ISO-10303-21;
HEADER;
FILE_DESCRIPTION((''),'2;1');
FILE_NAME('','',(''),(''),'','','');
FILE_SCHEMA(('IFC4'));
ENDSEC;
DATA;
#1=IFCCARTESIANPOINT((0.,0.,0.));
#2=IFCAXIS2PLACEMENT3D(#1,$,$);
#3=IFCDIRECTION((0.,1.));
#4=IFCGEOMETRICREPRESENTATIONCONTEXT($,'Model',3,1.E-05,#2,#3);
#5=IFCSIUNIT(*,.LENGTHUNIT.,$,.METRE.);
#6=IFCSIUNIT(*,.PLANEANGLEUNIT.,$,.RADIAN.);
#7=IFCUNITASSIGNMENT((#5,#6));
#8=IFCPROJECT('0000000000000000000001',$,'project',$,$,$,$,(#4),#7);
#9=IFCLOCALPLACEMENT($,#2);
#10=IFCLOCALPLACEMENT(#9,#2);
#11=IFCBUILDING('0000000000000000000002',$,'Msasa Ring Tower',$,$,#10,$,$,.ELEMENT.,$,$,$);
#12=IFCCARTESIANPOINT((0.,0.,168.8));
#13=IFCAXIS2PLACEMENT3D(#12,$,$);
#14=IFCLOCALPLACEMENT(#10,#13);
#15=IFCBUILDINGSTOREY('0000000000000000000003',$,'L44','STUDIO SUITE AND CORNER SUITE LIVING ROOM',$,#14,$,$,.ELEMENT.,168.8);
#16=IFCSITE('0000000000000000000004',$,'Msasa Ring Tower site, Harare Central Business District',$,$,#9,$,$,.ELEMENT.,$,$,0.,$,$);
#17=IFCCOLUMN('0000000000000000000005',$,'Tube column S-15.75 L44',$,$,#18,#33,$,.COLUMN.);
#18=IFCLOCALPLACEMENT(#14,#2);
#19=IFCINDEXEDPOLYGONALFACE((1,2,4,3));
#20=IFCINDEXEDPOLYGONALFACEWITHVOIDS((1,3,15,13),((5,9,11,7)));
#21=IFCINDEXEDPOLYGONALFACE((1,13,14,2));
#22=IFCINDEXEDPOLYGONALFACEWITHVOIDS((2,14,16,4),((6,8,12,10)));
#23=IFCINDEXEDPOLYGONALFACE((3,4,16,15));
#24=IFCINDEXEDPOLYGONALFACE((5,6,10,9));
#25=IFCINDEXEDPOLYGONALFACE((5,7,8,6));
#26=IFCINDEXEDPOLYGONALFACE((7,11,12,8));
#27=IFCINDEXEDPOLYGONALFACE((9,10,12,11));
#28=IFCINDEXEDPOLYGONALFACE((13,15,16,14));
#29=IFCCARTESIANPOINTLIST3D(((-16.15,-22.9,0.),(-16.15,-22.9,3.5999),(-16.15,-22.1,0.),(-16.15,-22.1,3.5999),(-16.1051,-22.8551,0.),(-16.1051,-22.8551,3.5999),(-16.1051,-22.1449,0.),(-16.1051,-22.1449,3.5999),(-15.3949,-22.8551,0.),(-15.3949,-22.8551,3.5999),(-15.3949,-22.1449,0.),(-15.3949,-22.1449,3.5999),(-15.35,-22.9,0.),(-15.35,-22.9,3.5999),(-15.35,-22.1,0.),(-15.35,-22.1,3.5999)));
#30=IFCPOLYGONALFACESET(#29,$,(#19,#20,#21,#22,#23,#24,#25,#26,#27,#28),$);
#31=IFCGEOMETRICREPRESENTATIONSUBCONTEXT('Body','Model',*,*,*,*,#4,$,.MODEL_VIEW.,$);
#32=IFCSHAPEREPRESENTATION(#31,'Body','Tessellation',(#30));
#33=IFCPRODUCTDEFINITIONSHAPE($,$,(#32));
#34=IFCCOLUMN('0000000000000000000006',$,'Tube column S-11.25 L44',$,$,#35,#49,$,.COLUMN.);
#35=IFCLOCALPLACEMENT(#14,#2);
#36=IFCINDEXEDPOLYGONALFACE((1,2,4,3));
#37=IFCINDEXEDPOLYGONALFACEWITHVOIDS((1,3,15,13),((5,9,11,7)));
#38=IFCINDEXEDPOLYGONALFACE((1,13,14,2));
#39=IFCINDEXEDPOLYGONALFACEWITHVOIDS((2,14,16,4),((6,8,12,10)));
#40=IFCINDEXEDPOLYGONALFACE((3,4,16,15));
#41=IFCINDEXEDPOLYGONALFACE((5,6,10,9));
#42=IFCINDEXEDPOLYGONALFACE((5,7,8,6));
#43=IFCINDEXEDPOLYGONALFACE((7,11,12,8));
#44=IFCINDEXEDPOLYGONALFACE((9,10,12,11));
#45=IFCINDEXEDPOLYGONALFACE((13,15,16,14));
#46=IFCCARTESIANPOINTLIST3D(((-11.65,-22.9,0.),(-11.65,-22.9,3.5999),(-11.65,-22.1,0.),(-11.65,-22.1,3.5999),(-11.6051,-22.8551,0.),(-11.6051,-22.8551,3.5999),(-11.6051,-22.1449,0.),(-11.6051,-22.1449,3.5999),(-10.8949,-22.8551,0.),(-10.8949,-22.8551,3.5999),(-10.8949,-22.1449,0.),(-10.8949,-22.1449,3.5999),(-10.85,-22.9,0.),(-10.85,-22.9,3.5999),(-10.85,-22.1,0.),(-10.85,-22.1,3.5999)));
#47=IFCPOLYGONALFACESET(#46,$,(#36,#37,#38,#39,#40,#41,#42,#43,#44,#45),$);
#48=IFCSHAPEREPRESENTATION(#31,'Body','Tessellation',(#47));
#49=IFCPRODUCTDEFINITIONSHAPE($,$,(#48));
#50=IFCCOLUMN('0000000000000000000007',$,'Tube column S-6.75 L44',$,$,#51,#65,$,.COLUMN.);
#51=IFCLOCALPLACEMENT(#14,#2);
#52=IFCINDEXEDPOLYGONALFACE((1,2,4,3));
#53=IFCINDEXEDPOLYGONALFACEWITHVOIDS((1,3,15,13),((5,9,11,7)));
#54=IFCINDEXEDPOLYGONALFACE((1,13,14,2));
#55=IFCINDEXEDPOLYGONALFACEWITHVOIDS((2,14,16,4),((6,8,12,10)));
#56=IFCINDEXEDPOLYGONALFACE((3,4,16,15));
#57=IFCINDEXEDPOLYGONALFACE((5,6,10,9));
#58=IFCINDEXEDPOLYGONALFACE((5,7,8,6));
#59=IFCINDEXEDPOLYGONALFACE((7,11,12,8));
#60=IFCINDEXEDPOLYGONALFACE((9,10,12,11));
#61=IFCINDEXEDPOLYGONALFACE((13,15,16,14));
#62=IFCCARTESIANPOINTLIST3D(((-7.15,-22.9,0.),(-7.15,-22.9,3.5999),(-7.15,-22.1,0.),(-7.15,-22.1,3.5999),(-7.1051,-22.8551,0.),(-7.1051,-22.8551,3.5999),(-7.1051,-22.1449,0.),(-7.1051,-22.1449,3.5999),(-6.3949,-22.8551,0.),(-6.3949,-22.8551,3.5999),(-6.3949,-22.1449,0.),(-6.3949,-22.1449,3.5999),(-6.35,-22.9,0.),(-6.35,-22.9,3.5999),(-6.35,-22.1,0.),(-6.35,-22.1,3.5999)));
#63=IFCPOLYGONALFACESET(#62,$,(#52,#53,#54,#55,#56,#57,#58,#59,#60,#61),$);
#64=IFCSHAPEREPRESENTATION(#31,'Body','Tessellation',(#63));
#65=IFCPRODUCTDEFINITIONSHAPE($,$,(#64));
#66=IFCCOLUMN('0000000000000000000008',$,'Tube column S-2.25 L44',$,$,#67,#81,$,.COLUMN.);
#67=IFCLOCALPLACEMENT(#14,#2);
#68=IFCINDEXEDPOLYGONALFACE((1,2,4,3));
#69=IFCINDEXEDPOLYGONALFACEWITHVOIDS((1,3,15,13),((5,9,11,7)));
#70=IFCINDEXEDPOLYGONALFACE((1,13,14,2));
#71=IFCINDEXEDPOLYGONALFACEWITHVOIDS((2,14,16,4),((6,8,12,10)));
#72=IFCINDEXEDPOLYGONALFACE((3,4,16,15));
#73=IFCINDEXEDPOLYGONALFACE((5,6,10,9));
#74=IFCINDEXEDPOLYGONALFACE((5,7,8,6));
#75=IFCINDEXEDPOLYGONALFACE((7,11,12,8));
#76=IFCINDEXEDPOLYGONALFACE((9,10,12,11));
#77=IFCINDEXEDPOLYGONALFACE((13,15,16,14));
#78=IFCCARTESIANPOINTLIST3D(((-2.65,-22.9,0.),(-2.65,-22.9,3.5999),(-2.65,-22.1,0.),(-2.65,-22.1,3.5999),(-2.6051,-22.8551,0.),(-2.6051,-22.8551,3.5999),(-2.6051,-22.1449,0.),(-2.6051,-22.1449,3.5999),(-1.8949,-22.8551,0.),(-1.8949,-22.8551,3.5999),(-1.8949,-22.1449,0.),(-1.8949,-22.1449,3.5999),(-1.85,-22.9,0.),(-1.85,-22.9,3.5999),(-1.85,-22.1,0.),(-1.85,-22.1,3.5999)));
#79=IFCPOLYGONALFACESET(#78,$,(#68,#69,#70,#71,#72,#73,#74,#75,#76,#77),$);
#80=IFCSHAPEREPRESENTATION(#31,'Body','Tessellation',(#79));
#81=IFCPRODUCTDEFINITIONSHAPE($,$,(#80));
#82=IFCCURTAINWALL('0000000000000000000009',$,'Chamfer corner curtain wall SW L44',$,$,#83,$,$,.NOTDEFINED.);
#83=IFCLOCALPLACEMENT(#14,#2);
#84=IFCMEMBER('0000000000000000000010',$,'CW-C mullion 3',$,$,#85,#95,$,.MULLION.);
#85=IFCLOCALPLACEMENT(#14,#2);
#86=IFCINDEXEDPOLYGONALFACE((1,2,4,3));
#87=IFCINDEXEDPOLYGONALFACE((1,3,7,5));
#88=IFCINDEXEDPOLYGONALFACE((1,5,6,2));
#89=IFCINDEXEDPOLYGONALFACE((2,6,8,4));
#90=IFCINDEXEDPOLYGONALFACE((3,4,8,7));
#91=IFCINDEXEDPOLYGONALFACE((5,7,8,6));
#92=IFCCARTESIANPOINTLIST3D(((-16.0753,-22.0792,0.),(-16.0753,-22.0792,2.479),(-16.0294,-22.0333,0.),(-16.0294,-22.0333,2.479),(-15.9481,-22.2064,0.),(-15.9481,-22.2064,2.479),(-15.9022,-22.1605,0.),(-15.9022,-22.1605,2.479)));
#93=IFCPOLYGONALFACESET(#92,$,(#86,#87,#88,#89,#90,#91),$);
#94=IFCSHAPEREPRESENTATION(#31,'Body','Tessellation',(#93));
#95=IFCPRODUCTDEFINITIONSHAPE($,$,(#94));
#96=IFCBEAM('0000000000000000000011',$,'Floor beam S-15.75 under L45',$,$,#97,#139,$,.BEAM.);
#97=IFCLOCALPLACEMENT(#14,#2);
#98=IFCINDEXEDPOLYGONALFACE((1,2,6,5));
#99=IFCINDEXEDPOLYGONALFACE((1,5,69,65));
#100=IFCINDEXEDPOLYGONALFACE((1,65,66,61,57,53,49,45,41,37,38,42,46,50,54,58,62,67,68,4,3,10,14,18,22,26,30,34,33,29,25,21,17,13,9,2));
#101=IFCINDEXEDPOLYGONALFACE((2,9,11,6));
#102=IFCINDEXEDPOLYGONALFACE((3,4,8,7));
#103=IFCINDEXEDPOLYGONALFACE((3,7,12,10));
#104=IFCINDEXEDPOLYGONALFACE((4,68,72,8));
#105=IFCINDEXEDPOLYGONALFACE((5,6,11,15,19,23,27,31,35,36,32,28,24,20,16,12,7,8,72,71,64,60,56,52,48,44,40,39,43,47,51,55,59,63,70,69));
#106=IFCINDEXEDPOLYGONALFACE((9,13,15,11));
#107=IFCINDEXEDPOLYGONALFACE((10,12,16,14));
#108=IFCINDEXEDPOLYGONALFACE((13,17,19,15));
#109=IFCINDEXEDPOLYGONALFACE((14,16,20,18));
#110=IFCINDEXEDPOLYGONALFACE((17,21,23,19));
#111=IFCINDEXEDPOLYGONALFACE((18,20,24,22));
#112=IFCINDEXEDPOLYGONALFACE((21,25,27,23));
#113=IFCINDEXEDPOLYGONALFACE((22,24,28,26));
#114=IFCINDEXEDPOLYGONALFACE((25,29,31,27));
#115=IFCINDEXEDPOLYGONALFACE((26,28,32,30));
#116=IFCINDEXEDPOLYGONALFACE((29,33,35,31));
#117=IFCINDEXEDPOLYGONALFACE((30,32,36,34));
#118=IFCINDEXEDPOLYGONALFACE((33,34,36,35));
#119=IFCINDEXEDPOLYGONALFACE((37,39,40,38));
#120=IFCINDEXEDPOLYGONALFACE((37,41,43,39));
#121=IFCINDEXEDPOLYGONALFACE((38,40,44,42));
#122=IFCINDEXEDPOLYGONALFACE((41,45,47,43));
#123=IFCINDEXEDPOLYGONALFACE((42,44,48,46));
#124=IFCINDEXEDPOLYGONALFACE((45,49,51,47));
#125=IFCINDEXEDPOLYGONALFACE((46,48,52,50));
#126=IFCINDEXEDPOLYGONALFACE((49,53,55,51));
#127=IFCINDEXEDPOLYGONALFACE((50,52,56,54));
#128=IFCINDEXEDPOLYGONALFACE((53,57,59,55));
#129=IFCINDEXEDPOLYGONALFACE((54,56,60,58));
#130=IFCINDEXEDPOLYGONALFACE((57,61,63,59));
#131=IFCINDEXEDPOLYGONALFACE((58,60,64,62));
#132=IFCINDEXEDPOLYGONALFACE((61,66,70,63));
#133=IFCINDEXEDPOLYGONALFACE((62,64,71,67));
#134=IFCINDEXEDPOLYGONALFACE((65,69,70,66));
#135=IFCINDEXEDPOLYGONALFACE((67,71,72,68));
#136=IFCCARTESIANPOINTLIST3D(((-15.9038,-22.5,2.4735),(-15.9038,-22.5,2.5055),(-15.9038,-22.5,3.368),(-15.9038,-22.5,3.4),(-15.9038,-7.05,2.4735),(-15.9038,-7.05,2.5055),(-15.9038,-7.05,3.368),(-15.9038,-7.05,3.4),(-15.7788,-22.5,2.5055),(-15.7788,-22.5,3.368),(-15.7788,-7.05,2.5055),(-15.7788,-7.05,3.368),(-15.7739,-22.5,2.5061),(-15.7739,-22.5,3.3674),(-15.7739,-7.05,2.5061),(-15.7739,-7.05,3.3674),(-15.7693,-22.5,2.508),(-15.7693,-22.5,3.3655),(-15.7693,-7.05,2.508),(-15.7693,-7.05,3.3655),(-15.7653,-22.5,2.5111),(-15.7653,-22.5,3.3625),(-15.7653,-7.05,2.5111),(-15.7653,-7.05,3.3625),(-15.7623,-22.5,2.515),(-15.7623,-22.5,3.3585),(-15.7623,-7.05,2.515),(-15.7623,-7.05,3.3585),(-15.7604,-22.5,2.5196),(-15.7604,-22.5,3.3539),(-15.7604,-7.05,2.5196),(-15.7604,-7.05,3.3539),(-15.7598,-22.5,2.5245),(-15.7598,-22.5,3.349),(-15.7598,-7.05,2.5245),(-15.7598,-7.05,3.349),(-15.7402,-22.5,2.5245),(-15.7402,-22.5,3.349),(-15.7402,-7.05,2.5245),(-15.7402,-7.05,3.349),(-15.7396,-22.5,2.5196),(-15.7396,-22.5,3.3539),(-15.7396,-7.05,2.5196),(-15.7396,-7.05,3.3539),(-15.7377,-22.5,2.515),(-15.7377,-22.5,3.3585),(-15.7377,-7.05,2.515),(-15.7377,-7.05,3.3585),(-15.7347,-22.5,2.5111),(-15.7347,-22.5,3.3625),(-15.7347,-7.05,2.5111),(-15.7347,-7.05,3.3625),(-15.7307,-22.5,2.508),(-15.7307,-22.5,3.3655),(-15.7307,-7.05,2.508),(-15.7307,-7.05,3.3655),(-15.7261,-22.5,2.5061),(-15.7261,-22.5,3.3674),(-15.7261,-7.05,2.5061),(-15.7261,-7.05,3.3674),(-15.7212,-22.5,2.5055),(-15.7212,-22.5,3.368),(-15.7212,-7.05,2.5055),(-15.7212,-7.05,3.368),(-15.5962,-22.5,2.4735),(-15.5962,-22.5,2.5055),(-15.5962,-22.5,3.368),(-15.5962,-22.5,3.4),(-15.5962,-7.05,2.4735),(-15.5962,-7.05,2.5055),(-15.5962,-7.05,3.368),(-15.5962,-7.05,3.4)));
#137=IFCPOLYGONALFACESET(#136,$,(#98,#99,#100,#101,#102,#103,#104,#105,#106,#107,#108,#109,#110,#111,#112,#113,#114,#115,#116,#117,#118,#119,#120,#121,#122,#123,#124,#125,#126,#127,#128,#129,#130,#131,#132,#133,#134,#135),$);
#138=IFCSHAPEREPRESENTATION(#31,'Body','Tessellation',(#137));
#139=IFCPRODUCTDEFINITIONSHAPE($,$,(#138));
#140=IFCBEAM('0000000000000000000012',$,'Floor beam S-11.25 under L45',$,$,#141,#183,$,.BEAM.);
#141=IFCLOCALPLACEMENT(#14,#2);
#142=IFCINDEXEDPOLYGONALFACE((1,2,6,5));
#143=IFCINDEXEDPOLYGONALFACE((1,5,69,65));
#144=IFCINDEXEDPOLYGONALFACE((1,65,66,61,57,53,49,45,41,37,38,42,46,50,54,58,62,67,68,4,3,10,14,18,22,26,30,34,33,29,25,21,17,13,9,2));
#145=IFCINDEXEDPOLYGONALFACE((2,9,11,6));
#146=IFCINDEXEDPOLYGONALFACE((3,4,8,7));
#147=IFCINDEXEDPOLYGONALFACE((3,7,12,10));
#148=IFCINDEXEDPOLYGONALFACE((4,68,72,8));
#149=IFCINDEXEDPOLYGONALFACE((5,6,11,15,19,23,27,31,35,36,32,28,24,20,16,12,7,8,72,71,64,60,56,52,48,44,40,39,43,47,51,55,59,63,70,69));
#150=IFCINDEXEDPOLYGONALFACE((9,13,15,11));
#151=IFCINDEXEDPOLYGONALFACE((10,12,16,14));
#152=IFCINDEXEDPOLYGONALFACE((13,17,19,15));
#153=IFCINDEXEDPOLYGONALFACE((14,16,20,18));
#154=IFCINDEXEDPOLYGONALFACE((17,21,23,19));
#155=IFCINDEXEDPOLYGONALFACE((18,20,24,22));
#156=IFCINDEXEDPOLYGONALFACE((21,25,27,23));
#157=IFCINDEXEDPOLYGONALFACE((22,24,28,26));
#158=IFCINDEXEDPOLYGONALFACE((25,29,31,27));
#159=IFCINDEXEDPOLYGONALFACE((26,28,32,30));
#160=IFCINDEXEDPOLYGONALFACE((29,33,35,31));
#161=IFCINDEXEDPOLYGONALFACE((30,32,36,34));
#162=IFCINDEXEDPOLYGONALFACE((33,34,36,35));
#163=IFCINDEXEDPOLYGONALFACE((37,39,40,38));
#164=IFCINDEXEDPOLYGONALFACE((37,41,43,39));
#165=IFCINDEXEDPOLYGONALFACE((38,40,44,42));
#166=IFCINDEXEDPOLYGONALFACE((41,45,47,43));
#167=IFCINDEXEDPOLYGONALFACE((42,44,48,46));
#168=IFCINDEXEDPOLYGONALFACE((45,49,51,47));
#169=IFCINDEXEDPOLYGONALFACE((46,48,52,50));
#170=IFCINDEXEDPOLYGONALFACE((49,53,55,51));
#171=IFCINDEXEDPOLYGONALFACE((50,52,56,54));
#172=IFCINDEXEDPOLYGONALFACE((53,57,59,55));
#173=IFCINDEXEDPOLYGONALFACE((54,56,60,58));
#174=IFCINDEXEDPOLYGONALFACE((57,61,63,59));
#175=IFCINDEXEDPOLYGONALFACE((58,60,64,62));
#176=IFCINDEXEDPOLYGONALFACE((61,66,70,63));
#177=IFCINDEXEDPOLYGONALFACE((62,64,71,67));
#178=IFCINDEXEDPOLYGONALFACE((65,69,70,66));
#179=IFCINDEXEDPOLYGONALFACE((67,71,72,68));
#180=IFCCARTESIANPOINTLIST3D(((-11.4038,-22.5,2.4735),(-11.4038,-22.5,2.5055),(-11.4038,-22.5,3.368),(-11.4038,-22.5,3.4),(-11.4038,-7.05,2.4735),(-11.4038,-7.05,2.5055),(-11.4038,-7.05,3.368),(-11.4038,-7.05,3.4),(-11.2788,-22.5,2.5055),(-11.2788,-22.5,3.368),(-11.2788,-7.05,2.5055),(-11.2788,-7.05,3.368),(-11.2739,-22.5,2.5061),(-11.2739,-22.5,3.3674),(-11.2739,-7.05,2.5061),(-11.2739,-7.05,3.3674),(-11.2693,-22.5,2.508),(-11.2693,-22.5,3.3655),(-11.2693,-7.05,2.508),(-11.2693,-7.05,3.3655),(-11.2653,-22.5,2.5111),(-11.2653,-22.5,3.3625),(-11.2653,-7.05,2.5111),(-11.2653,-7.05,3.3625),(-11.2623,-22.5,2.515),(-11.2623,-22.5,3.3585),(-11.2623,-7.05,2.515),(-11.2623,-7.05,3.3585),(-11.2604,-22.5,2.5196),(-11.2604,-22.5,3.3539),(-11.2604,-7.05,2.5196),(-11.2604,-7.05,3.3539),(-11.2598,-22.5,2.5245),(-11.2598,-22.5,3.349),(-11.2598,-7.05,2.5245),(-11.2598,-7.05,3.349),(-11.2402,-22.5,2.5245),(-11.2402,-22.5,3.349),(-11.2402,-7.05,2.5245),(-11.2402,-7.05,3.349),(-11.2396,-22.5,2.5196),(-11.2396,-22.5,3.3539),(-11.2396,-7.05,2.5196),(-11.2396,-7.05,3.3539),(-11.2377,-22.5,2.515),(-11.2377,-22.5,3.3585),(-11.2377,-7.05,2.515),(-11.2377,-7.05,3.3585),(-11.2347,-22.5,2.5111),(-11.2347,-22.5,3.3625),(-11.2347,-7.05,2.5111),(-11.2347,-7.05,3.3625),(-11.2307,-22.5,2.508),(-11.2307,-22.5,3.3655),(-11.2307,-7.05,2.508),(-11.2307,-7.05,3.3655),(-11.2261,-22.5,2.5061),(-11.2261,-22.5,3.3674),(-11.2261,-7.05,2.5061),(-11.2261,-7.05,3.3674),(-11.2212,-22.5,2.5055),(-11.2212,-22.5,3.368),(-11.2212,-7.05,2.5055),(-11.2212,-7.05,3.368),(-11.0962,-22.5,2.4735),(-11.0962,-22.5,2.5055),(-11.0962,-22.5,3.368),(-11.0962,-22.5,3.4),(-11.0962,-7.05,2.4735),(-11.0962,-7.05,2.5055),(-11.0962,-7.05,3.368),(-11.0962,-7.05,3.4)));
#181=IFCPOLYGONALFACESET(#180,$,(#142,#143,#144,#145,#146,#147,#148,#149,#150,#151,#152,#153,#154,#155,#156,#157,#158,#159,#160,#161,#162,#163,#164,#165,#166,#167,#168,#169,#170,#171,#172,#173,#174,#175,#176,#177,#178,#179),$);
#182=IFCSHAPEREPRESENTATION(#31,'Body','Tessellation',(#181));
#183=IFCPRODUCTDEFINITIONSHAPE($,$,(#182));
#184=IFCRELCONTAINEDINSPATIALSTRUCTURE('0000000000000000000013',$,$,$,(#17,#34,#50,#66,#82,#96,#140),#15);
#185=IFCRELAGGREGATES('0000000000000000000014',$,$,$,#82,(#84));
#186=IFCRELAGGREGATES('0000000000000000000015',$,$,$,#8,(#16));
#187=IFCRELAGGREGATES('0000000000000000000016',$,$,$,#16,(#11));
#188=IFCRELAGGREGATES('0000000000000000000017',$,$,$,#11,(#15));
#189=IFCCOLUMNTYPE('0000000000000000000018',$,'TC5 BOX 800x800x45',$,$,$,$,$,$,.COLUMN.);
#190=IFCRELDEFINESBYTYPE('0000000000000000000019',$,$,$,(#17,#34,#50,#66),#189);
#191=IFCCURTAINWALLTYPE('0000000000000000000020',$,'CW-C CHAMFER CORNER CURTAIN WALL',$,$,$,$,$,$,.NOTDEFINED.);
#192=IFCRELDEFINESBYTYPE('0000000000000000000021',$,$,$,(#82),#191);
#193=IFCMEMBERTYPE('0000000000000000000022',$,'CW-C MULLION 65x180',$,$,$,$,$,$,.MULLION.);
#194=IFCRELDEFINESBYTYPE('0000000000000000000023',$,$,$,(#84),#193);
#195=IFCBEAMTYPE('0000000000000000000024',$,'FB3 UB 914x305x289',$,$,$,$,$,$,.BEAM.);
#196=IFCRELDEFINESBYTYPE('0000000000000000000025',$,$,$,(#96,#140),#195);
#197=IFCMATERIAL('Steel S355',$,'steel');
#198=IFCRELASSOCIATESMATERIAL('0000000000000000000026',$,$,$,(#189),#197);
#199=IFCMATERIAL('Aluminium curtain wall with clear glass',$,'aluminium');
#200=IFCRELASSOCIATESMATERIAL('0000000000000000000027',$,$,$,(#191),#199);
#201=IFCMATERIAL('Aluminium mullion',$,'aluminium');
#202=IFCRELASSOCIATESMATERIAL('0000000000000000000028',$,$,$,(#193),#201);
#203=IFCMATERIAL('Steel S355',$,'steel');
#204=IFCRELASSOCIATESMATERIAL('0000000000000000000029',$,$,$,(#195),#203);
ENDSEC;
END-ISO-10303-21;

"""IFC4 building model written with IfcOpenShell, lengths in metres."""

from ifc_helpers import new_model, si_unit, direction, frame, origin, origin_2d, place, context, subcontext, project, spatial, rectangle, hollow_rectangle, i_section, extrude, material, material_profile, profile_set, type_object, element, aggregate, save


model = new_model("IFC4")

# Units and contexts
model_context = context("Model", 3, precision=1e-05, world=origin(), true_north=direction((0.0, 1.0)))
body_context = subcontext(model_context, "Body", "Model", "MODEL_VIEW")
ifc_project = project(units=[si_unit("LENGTHUNIT", "METRE"), si_unit("PLANEANGLEUNIT", "RADIAN")], contexts=[model_context])

# Site, building, storey
site_placement = place(None, origin())
site = spatial("IfcSite", under=ifc_project, at=site_placement, Name="Msasa Ring Tower site, Harare Central Business District", CompositionType="ELEMENT", RefElevation=0.0)
building_placement = place(site_placement, origin())
building = spatial("IfcBuilding", under=site, at=building_placement, Name="Msasa Ring Tower", CompositionType="ELEMENT")
storey_placement = place(building_placement, frame((0.0, 0.0, 168.8)))
storey = spatial("IfcBuildingStorey", under=building, at=storey_placement, Name="L44", Description="STUDIO SUITE AND CORNER SUITE LIVING ROOM", CompositionType="ELEMENT", Elevation=168.8)

# Columns
ifc_material_1 = material(Name="Steel S355", Category="steel")
ifc_material_profile_1 = material_profile(ifc_material_1, hollow_rectangle(XDim=0.8, YDim=0.8, WallThickness=0.0449, at=origin_2d()), Name="BOX 800x800x45")
ifc_profile_set_1 = profile_set([ifc_material_profile_1], Name="Steel S355")
column_type = type_object("IfcColumnType", Name="TC5 BOX 800x800x45", PredefinedType="COLUMN", material=ifc_profile_set_1)
for number, where, z_axis, x_axis, name in (
    (1, (-15.75, -22.5, 0.0), (0.0, 0.0, 1.0), (0.0, 1.0, 0.0), "Tube column S-15.75 L44"),
    (2, (-11.25, -22.5, 0.0), (0.0, 0.0, 1.0), (0.0, 1.0, 0.0), "Tube column S-11.25 L44"),
    (3, (-6.75, -22.5, 0.0), (0.0, 0.0, 1.0), (0.0, 1.0, 0.0), "Tube column S-6.75 L44"),
    (4, (-2.25, -22.5, 0.0), (0.0, 0.0, 1.0), (0.0, 1.0, 0.0), "Tube column S-2.25 L44"),
):
    element("IfcColumn", number, at=place(storey_placement, frame(where, z_axis=z_axis, x_axis=x_axis)), inside=storey, type_object=column_type, Name=name, PredefinedType="COLUMN", context=body_context, shape_type="SweptSolid", body=[
        extrude(hollow_rectangle(XDim=0.8, YDim=0.8, WallThickness=0.0449, at=origin_2d()), origin(), (0.0, 0.0, 1.0), 3.5999),
    ])

# Curtain wall, member
ifc_material_2 = material(Name="Aluminium curtain wall with clear glass", Category="aluminium")
curtain_wall_type = type_object("IfcCurtainWallType", Name="CW-C CHAMFER CORNER CURTAIN WALL", PredefinedType="NOTDEFINED", material=ifc_material_2)
curtain_wall_placement = place(storey_placement, origin())
curtain_wall = element("IfcCurtainWall", 5, at=curtain_wall_placement, inside=storey, type_object=curtain_wall_type, Name="Chamfer corner curtain wall SW L44", PredefinedType="NOTDEFINED")
ifc_material_3 = material(Name="Aluminium mullion", Category="aluminium")
ifc_material_profile_2 = material_profile(ifc_material_3, rectangle(XDim=0.0649, YDim=0.1799, at=origin_2d()), Name="AL 65x180")
ifc_profile_set_2 = profile_set([ifc_material_profile_2], Name="Aluminium mullion")
member_type = type_object("IfcMemberType", Name="CW-C MULLION 65x180", PredefinedType="MULLION", material=ifc_profile_set_2)
member_placement = place(storey_placement, frame((-15.9888, -22.1199, 0.0), z_axis=(0.0, 0.0, 1.0), x_axis=(0.707107, 0.707107, 0.0)))
member = element("IfcMember", 6, at=member_placement, type_object=member_type, Name="CW-C mullion 3", PredefinedType="MULLION", context=body_context, shape_type="SweptSolid", body=[
    extrude(rectangle(XDim=0.0649, YDim=0.1799, at=origin_2d()), origin(), (0.0, 0.0, 1.0), 2.479),
])

# Beams
ifc_material_4 = material(Name="Steel S355", Category="steel")
ifc_material_profile_3 = material_profile(ifc_material_4, i_section(OverallWidth=0.3076, OverallDepth=0.9265, WebThickness=0.0195, FlangeThickness=0.032, FilletRadius=0.019, at=origin_2d()), Name="UB 914x305x289")
ifc_profile_set_3 = profile_set([ifc_material_profile_3], Name="Steel S355")
beam_type_1 = type_object("IfcBeamType", Name="FB3 UB 914x305x289", PredefinedType="BEAM", material=ifc_profile_set_3)
for number, where, z_axis, x_axis, name in (
    (7, (-15.75, -22.5, 2.9368), (0.0, 1.0, 0.0), (-1.0, 0.0, 0.0), "Floor beam S-15.75 under L45"),
    (8, (-11.25, -22.5, 2.9368), (0.0, 1.0, 0.0), (-1.0, 0.0, 0.0), "Floor beam S-11.25 under L45"),
):
    element("IfcBeam", number, at=place(storey_placement, frame(where, z_axis=z_axis, x_axis=x_axis)), inside=storey, type_object=beam_type_1, Name=name, PredefinedType="BEAM", context=body_context, shape_type="SweptSolid", body=[
        extrude(i_section(OverallWidth=0.3076, OverallDepth=0.9265, WebThickness=0.0195, FlangeThickness=0.032, FilletRadius=0.019, at=origin_2d()), origin(), (0.0, 0.0, 1.0), 15.45),
    ])

aggregate(curtain_wall, [member])

save(model, "model.ifc")
